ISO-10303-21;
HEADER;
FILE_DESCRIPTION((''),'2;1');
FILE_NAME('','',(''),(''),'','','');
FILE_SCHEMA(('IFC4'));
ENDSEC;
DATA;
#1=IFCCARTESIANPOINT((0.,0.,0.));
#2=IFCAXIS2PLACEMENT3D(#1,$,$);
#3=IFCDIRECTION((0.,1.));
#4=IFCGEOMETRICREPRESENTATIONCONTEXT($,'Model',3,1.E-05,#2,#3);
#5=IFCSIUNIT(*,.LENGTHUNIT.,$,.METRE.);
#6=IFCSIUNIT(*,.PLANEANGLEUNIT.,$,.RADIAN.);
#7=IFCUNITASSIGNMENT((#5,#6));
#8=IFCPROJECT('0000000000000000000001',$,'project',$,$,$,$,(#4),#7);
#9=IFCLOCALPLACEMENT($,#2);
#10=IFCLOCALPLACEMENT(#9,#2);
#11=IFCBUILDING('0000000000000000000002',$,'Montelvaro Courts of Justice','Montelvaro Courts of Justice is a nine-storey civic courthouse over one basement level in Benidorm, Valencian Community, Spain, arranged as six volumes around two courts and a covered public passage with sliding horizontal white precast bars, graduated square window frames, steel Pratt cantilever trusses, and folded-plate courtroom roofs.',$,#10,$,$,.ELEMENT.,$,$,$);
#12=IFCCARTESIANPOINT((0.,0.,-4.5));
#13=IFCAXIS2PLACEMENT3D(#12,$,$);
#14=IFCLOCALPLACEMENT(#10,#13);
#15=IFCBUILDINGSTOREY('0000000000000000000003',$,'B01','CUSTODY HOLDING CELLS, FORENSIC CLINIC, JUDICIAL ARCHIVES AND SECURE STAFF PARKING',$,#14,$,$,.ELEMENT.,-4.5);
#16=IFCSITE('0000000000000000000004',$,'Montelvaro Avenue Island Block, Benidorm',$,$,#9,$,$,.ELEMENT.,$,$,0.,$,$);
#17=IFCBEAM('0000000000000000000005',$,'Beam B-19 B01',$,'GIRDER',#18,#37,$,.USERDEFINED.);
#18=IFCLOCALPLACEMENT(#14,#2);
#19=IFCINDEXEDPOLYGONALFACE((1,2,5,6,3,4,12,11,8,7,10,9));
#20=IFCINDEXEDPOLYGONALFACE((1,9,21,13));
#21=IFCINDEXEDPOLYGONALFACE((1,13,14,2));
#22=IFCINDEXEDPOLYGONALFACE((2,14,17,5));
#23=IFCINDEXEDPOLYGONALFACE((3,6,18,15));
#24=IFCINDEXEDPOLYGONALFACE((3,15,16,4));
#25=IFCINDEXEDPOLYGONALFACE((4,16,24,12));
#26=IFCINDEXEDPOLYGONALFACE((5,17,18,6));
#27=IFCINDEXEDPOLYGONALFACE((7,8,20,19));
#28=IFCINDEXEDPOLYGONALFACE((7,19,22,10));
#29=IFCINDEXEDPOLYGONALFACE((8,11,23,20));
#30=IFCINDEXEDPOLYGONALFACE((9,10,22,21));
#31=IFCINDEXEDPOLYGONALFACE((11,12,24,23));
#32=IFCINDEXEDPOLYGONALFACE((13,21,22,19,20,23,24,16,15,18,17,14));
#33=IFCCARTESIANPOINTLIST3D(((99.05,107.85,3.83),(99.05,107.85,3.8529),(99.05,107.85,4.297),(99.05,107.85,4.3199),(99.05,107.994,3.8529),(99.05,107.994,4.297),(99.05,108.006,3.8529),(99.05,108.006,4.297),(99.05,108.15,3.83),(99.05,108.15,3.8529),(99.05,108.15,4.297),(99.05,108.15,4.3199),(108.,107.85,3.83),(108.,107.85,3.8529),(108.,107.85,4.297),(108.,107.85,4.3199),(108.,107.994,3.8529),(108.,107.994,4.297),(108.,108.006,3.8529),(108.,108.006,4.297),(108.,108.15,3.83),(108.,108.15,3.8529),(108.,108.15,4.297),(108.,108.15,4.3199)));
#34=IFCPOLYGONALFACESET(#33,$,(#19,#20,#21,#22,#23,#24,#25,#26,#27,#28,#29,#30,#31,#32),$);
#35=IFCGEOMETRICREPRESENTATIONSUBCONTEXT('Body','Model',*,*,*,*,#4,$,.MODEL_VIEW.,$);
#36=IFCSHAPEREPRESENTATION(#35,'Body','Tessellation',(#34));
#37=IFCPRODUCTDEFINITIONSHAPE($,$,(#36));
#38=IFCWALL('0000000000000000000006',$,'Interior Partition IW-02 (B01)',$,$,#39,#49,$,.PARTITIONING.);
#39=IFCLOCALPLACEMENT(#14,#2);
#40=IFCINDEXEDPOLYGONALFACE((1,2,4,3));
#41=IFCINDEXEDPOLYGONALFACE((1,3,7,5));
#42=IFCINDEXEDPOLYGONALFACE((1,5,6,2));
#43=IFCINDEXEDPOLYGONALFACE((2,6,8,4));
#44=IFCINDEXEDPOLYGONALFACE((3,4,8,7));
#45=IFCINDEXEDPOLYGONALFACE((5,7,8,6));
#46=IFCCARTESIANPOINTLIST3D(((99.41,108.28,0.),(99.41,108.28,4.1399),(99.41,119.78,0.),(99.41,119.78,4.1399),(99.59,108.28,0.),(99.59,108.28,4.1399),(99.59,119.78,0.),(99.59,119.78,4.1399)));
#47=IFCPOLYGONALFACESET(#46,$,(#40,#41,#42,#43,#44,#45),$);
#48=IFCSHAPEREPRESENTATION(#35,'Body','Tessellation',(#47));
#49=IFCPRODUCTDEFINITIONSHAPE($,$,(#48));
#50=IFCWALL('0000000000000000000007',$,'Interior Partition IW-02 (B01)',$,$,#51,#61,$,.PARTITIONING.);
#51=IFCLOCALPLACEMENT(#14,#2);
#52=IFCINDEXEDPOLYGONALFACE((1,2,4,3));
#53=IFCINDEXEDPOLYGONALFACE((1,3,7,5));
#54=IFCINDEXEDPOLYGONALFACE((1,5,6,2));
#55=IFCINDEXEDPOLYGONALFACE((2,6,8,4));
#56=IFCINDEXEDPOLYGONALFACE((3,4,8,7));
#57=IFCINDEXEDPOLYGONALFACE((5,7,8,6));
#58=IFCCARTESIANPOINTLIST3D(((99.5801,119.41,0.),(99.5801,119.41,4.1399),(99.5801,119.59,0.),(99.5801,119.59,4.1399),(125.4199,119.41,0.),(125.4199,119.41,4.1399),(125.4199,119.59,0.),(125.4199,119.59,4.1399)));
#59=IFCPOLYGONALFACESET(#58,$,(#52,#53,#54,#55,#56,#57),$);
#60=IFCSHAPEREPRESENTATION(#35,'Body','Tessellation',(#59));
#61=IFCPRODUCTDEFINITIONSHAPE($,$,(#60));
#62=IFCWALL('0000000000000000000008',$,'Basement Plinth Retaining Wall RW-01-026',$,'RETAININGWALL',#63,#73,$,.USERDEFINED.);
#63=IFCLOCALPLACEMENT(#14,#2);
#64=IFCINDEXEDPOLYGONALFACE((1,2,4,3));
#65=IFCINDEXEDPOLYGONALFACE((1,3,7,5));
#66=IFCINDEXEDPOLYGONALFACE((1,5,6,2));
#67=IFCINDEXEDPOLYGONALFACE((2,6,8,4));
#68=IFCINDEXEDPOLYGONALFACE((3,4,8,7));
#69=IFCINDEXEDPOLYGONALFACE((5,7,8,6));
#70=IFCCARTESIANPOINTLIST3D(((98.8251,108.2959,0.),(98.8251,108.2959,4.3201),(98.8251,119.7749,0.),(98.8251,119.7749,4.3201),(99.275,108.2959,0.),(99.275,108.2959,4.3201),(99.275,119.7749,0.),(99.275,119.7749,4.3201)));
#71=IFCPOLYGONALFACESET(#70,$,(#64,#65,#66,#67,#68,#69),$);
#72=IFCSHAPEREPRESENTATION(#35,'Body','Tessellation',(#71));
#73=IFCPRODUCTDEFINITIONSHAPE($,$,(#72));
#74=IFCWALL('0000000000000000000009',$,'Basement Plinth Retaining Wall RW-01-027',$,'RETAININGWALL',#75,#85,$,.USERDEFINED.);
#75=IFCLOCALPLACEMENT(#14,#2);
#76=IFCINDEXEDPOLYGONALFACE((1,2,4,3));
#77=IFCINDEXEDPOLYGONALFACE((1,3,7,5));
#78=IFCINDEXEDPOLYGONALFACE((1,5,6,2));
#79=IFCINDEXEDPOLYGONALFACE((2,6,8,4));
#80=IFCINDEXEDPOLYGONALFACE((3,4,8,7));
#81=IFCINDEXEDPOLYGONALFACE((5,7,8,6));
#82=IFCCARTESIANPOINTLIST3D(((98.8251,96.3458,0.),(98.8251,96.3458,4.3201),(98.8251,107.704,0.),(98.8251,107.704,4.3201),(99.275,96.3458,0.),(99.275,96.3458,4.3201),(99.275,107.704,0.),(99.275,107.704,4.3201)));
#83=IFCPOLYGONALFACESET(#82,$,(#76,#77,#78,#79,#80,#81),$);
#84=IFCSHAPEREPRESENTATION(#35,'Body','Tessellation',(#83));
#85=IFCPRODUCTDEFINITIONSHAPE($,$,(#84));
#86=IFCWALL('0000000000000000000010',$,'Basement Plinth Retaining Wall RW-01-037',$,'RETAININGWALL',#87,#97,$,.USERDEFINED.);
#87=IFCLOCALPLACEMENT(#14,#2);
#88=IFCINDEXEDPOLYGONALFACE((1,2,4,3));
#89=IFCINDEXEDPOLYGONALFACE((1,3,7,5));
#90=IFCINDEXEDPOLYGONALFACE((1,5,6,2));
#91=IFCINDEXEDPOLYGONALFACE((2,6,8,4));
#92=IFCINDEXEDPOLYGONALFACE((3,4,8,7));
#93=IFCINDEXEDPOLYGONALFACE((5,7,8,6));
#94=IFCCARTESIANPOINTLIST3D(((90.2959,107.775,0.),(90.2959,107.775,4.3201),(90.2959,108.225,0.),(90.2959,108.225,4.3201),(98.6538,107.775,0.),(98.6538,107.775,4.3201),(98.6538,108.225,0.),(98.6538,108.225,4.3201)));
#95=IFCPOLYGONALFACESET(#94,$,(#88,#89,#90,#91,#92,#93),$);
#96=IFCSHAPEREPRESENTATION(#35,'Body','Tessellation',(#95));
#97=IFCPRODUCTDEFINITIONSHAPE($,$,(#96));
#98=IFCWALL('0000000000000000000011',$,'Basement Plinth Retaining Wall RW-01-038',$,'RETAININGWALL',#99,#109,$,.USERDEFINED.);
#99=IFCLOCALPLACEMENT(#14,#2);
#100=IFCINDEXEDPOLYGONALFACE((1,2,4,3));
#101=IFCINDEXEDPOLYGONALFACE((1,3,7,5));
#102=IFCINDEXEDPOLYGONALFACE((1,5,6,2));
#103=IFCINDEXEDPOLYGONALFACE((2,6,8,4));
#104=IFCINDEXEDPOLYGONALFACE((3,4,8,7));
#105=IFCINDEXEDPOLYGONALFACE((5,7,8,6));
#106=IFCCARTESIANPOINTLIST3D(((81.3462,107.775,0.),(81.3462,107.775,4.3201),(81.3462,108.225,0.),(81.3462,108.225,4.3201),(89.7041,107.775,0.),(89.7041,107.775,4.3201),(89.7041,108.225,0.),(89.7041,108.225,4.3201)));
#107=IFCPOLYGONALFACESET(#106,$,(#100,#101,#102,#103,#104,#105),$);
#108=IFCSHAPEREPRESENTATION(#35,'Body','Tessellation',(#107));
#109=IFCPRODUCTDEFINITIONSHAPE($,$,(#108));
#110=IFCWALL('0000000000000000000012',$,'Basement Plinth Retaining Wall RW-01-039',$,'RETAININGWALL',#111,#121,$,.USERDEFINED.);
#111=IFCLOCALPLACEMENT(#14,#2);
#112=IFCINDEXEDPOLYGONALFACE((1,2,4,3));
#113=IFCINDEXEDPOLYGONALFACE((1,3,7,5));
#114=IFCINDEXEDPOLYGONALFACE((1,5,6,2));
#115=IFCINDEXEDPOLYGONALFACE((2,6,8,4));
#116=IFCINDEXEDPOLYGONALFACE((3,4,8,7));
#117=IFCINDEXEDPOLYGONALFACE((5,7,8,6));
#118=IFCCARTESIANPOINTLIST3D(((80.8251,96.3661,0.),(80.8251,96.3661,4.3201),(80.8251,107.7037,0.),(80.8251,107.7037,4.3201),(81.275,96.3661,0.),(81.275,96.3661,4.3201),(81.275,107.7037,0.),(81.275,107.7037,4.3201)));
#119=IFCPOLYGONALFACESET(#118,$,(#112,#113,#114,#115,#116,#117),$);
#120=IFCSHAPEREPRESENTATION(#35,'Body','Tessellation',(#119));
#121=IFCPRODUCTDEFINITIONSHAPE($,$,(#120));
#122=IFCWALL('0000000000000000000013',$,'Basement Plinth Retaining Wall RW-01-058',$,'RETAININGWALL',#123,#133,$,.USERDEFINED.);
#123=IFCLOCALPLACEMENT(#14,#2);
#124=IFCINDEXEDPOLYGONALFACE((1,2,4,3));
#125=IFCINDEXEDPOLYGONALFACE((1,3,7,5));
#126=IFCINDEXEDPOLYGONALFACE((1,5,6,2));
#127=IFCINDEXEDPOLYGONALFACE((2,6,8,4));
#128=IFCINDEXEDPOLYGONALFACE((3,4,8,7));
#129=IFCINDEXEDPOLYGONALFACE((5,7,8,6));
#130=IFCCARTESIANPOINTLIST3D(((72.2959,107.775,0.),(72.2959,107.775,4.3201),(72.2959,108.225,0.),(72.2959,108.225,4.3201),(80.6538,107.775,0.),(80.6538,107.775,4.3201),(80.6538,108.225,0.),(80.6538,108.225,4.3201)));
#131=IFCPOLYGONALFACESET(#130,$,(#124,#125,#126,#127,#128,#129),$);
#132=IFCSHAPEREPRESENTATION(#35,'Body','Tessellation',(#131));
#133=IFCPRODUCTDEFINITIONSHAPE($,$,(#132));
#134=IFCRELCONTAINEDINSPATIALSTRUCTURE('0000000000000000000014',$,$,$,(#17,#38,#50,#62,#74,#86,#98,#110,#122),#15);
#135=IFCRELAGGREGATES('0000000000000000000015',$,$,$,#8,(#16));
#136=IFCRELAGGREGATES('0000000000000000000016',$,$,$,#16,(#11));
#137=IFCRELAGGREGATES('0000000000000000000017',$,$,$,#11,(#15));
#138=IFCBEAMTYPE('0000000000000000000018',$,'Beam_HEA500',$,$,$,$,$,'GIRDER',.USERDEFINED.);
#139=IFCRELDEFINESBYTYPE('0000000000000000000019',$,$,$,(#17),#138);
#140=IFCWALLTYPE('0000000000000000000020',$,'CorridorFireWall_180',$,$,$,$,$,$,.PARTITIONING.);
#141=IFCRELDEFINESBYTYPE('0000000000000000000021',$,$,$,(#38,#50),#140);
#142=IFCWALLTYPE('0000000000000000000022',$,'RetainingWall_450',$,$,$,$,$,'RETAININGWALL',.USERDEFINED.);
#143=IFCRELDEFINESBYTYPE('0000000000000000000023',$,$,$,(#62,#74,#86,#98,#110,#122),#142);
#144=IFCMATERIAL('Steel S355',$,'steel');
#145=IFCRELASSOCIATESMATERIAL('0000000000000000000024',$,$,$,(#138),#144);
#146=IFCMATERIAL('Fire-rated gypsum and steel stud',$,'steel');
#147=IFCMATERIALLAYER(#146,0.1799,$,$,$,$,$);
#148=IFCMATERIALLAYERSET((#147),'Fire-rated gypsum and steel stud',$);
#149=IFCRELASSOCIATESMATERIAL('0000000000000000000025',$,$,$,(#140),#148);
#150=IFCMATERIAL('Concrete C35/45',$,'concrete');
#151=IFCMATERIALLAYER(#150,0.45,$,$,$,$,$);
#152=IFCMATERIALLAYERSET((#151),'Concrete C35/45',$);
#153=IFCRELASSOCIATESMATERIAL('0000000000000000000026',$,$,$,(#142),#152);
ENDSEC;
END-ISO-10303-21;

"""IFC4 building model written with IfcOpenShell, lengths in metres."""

from ifc_helpers import new_model, si_unit, direction, frame, frame_2d, origin, origin_2d, place, context, subcontext, project, spatial, rectangle, i_section, extrude, material, layer, layer_set, material_profile, profile_set, type_object, element, save


model = new_model("IFC4")

# Units and contexts
model_context = context("Model", 3, precision=1e-05, world=origin(), true_north=direction((0.0, 1.0)))
body_context = subcontext(model_context, "Body", "Model", "MODEL_VIEW")
ifc_project = project(units=[si_unit("LENGTHUNIT", "METRE"), si_unit("PLANEANGLEUNIT", "RADIAN")], contexts=[model_context])

# Site, building, storey
site_placement = place(None, origin())
site = spatial("IfcSite", under=ifc_project, at=site_placement, Name="Montelvaro Avenue Island Block, Benidorm", CompositionType="ELEMENT", RefElevation=0.0)
building_placement = place(site_placement, origin())
building = spatial("IfcBuilding", under=site, at=building_placement, Name="Montelvaro Courts of Justice", Description="Montelvaro Courts of Justice is a nine-storey civic courthouse over one basement level in Benidorm, Valencian Community, Spain, arranged as six volumes around two courts and a covered public passage with sliding horizontal white precast bars, graduated square window frames, steel Pratt cantilever trusses, and folded-plate courtroom roofs.", CompositionType="ELEMENT")
storey_placement = place(building_placement, frame((0.0, 0.0, -4.5)))
storey = spatial("IfcBuildingStorey", under=building, at=storey_placement, Name="B01", Description="CUSTODY HOLDING CELLS, FORENSIC CLINIC, JUDICIAL ARCHIVES AND SECURE STAFF PARKING", CompositionType="ELEMENT", Elevation=-4.5)

# Shared definitions
ifc_material_1 = material(Name="Concrete C35/45", Category="concrete")

# Beam
ifc_material_2 = material(Name="Steel S355", Category="steel")
ifc_material_profile_1 = material_profile(ifc_material_2, i_section(OverallWidth=0.3, OverallDepth=0.49, WebThickness=0.012, FlangeThickness=0.0229, at=origin_2d()), Name="HEA 500")
ifc_profile_set_1 = profile_set([ifc_material_profile_1], Name="Steel S355")
beam_type = type_object("IfcBeamType", Name="Beam_HEA500", ElementType="GIRDER", PredefinedType="USERDEFINED", material=ifc_profile_set_1)
for number, where, z_axis, x_axis, name in (
    (1, (99.05, 108.0, 4.075), (1.0, 0.0, 0.0), (0.0, 1.0, 0.0), "Beam B-19 B01"),
):
    element("IfcBeam", number, at=place(storey_placement, frame(where, z_axis=z_axis, x_axis=x_axis)), inside=storey, type_object=beam_type, Name=name, ObjectType="GIRDER", PredefinedType="USERDEFINED", context=body_context, shape_type="SweptSolid", body=[
        extrude(i_section(OverallWidth=0.3, OverallDepth=0.49, WebThickness=0.012, FlangeThickness=0.0229, at=origin_2d()), origin(), (0.0, 0.0, 1.0), 8.95),
    ])

# Walls
ifc_material_3 = material(Name="Fire-rated gypsum and steel stud", Category="steel")
ifc_layer_1 = layer(ifc_material_3, 0.1799)
ifc_layer_set_1 = layer_set([ifc_layer_1], Name="Fire-rated gypsum and steel stud")
wall_type_1 = type_object("IfcWallType", Name="CorridorFireWall_180", PredefinedType="PARTITIONING", material=ifc_layer_set_1)
wall_1_placement = place(storey_placement, frame((99.5, 108.28, 0.0), z_axis=(0.0, 0.0, 1.0), x_axis=(0.0, 1.0, 0.0)))
element("IfcWall", 2, at=wall_1_placement, inside=storey, type_object=wall_type_1, Name="Interior Partition IW-02 (B01)", PredefinedType="PARTITIONING", context=body_context, shape_type="SweptSolid", body=[
    extrude(rectangle(XDim=11.5, YDim=0.1799, at=frame_2d((5.75, 0.0))), origin(), (0.0, 0.0, 1.0), 4.1399),
])
wall_2_placement = place(storey_placement, frame((99.5801, 119.5, 0.0), z_axis=(0.0, 0.0, 1.0), x_axis=(1.0, 0.0, 0.0)))
element("IfcWall", 3, at=wall_2_placement, inside=storey, type_object=wall_type_1, Name="Interior Partition IW-02 (B01)", PredefinedType="PARTITIONING", context=body_context, shape_type="SweptSolid", body=[
    extrude(rectangle(XDim=25.8398, YDim=0.1799, at=frame_2d((12.9199, 0.0))), origin(), (0.0, 0.0, 1.0), 4.1399),
])
ifc_layer_2 = layer(ifc_material_1, 0.45)
ifc_layer_set_2 = layer_set([ifc_layer_2], Name="Concrete C35/45")
wall_type_2 = type_object("IfcWallType", Name="RetainingWall_450", ElementType="RETAININGWALL", PredefinedType="USERDEFINED", material=ifc_layer_set_2)
wall_3_placement = place(storey_placement, frame((99.05, 119.7749, 0.0), z_axis=(0.0, 0.0, 1.0), x_axis=(0.0, -1.0, 0.0)))
element("IfcWall", 4, at=wall_3_placement, inside=storey, type_object=wall_type_2, Name="Basement Plinth Retaining Wall RW-01-026", ObjectType="RETAININGWALL", PredefinedType="USERDEFINED", context=body_context, shape_type="SweptSolid", body=[
    extrude(rectangle(XDim=11.479, YDim=0.45, at=frame_2d((5.7395, 0.0))), origin(), (0.0, 0.0, 1.0), 4.3201),
])
wall_4_placement = place(storey_placement, frame((99.05, 107.7041, 0.0), z_axis=(0.0, 0.0, 1.0), x_axis=(0.0, -1.0, 0.0)))
element("IfcWall", 5, at=wall_4_placement, inside=storey, type_object=wall_type_2, Name="Basement Plinth Retaining Wall RW-01-027", ObjectType="RETAININGWALL", PredefinedType="USERDEFINED", context=body_context, shape_type="SweptSolid", body=[
    extrude(rectangle(XDim=11.3582, YDim=0.45, at=frame_2d((5.6792, 0.0))), origin(), (0.0, 0.0, 1.0), 4.3201),
])
for number, where, z_axis, x_axis, name in (
    (6, (98.6538, 108.0, 0.0), (0.0, 0.0, 1.0), (-1.0, 0.0, 0.0), "Basement Plinth Retaining Wall RW-01-037"),
    (7, (89.7041, 108.0, 0.0), (0.0, 0.0, 1.0), (-1.0, 0.0, 0.0), "Basement Plinth Retaining Wall RW-01-038"),
):
    element("IfcWall", number, at=place(storey_placement, frame(where, z_axis=z_axis, x_axis=x_axis)), inside=storey, type_object=wall_type_2, Name=name, ObjectType="RETAININGWALL", PredefinedType="USERDEFINED", context=body_context, shape_type="SweptSolid", body=[
        extrude(rectangle(XDim=8.3579, YDim=0.45, at=frame_2d((4.179, 0.0))), origin(), (0.0, 0.0, 1.0), 4.3201),
    ])
wall_5_placement = place(storey_placement, frame((81.05, 107.7039, 0.0), z_axis=(0.0, 0.0, 1.0), x_axis=(0.0, -1.0, 0.0)))
element("IfcWall", 8, at=wall_5_placement, inside=storey, type_object=wall_type_2, Name="Basement Plinth Retaining Wall RW-01-039", ObjectType="RETAININGWALL", PredefinedType="USERDEFINED", context=body_context, shape_type="SweptSolid", body=[
    extrude(rectangle(XDim=11.3376, YDim=0.45, at=frame_2d((5.6689, 0.0))), origin(), (0.0, 0.0, 1.0), 4.3201),
])
wall_6_placement = place(storey_placement, frame((80.6538, 108.0, 0.0), z_axis=(0.0, 0.0, 1.0), x_axis=(-1.0, 0.0, 0.0)))
element("IfcWall", 9, at=wall_6_placement, inside=storey, type_object=wall_type_2, Name="Basement Plinth Retaining Wall RW-01-058", ObjectType="RETAININGWALL", PredefinedType="USERDEFINED", context=body_context, shape_type="SweptSolid", body=[
    extrude(rectangle(XDim=8.3579, YDim=0.45, at=frame_2d((4.179, 0.0))), origin(), (0.0, 0.0, 1.0), 4.3201),
])

save(model, "model.ifc")
